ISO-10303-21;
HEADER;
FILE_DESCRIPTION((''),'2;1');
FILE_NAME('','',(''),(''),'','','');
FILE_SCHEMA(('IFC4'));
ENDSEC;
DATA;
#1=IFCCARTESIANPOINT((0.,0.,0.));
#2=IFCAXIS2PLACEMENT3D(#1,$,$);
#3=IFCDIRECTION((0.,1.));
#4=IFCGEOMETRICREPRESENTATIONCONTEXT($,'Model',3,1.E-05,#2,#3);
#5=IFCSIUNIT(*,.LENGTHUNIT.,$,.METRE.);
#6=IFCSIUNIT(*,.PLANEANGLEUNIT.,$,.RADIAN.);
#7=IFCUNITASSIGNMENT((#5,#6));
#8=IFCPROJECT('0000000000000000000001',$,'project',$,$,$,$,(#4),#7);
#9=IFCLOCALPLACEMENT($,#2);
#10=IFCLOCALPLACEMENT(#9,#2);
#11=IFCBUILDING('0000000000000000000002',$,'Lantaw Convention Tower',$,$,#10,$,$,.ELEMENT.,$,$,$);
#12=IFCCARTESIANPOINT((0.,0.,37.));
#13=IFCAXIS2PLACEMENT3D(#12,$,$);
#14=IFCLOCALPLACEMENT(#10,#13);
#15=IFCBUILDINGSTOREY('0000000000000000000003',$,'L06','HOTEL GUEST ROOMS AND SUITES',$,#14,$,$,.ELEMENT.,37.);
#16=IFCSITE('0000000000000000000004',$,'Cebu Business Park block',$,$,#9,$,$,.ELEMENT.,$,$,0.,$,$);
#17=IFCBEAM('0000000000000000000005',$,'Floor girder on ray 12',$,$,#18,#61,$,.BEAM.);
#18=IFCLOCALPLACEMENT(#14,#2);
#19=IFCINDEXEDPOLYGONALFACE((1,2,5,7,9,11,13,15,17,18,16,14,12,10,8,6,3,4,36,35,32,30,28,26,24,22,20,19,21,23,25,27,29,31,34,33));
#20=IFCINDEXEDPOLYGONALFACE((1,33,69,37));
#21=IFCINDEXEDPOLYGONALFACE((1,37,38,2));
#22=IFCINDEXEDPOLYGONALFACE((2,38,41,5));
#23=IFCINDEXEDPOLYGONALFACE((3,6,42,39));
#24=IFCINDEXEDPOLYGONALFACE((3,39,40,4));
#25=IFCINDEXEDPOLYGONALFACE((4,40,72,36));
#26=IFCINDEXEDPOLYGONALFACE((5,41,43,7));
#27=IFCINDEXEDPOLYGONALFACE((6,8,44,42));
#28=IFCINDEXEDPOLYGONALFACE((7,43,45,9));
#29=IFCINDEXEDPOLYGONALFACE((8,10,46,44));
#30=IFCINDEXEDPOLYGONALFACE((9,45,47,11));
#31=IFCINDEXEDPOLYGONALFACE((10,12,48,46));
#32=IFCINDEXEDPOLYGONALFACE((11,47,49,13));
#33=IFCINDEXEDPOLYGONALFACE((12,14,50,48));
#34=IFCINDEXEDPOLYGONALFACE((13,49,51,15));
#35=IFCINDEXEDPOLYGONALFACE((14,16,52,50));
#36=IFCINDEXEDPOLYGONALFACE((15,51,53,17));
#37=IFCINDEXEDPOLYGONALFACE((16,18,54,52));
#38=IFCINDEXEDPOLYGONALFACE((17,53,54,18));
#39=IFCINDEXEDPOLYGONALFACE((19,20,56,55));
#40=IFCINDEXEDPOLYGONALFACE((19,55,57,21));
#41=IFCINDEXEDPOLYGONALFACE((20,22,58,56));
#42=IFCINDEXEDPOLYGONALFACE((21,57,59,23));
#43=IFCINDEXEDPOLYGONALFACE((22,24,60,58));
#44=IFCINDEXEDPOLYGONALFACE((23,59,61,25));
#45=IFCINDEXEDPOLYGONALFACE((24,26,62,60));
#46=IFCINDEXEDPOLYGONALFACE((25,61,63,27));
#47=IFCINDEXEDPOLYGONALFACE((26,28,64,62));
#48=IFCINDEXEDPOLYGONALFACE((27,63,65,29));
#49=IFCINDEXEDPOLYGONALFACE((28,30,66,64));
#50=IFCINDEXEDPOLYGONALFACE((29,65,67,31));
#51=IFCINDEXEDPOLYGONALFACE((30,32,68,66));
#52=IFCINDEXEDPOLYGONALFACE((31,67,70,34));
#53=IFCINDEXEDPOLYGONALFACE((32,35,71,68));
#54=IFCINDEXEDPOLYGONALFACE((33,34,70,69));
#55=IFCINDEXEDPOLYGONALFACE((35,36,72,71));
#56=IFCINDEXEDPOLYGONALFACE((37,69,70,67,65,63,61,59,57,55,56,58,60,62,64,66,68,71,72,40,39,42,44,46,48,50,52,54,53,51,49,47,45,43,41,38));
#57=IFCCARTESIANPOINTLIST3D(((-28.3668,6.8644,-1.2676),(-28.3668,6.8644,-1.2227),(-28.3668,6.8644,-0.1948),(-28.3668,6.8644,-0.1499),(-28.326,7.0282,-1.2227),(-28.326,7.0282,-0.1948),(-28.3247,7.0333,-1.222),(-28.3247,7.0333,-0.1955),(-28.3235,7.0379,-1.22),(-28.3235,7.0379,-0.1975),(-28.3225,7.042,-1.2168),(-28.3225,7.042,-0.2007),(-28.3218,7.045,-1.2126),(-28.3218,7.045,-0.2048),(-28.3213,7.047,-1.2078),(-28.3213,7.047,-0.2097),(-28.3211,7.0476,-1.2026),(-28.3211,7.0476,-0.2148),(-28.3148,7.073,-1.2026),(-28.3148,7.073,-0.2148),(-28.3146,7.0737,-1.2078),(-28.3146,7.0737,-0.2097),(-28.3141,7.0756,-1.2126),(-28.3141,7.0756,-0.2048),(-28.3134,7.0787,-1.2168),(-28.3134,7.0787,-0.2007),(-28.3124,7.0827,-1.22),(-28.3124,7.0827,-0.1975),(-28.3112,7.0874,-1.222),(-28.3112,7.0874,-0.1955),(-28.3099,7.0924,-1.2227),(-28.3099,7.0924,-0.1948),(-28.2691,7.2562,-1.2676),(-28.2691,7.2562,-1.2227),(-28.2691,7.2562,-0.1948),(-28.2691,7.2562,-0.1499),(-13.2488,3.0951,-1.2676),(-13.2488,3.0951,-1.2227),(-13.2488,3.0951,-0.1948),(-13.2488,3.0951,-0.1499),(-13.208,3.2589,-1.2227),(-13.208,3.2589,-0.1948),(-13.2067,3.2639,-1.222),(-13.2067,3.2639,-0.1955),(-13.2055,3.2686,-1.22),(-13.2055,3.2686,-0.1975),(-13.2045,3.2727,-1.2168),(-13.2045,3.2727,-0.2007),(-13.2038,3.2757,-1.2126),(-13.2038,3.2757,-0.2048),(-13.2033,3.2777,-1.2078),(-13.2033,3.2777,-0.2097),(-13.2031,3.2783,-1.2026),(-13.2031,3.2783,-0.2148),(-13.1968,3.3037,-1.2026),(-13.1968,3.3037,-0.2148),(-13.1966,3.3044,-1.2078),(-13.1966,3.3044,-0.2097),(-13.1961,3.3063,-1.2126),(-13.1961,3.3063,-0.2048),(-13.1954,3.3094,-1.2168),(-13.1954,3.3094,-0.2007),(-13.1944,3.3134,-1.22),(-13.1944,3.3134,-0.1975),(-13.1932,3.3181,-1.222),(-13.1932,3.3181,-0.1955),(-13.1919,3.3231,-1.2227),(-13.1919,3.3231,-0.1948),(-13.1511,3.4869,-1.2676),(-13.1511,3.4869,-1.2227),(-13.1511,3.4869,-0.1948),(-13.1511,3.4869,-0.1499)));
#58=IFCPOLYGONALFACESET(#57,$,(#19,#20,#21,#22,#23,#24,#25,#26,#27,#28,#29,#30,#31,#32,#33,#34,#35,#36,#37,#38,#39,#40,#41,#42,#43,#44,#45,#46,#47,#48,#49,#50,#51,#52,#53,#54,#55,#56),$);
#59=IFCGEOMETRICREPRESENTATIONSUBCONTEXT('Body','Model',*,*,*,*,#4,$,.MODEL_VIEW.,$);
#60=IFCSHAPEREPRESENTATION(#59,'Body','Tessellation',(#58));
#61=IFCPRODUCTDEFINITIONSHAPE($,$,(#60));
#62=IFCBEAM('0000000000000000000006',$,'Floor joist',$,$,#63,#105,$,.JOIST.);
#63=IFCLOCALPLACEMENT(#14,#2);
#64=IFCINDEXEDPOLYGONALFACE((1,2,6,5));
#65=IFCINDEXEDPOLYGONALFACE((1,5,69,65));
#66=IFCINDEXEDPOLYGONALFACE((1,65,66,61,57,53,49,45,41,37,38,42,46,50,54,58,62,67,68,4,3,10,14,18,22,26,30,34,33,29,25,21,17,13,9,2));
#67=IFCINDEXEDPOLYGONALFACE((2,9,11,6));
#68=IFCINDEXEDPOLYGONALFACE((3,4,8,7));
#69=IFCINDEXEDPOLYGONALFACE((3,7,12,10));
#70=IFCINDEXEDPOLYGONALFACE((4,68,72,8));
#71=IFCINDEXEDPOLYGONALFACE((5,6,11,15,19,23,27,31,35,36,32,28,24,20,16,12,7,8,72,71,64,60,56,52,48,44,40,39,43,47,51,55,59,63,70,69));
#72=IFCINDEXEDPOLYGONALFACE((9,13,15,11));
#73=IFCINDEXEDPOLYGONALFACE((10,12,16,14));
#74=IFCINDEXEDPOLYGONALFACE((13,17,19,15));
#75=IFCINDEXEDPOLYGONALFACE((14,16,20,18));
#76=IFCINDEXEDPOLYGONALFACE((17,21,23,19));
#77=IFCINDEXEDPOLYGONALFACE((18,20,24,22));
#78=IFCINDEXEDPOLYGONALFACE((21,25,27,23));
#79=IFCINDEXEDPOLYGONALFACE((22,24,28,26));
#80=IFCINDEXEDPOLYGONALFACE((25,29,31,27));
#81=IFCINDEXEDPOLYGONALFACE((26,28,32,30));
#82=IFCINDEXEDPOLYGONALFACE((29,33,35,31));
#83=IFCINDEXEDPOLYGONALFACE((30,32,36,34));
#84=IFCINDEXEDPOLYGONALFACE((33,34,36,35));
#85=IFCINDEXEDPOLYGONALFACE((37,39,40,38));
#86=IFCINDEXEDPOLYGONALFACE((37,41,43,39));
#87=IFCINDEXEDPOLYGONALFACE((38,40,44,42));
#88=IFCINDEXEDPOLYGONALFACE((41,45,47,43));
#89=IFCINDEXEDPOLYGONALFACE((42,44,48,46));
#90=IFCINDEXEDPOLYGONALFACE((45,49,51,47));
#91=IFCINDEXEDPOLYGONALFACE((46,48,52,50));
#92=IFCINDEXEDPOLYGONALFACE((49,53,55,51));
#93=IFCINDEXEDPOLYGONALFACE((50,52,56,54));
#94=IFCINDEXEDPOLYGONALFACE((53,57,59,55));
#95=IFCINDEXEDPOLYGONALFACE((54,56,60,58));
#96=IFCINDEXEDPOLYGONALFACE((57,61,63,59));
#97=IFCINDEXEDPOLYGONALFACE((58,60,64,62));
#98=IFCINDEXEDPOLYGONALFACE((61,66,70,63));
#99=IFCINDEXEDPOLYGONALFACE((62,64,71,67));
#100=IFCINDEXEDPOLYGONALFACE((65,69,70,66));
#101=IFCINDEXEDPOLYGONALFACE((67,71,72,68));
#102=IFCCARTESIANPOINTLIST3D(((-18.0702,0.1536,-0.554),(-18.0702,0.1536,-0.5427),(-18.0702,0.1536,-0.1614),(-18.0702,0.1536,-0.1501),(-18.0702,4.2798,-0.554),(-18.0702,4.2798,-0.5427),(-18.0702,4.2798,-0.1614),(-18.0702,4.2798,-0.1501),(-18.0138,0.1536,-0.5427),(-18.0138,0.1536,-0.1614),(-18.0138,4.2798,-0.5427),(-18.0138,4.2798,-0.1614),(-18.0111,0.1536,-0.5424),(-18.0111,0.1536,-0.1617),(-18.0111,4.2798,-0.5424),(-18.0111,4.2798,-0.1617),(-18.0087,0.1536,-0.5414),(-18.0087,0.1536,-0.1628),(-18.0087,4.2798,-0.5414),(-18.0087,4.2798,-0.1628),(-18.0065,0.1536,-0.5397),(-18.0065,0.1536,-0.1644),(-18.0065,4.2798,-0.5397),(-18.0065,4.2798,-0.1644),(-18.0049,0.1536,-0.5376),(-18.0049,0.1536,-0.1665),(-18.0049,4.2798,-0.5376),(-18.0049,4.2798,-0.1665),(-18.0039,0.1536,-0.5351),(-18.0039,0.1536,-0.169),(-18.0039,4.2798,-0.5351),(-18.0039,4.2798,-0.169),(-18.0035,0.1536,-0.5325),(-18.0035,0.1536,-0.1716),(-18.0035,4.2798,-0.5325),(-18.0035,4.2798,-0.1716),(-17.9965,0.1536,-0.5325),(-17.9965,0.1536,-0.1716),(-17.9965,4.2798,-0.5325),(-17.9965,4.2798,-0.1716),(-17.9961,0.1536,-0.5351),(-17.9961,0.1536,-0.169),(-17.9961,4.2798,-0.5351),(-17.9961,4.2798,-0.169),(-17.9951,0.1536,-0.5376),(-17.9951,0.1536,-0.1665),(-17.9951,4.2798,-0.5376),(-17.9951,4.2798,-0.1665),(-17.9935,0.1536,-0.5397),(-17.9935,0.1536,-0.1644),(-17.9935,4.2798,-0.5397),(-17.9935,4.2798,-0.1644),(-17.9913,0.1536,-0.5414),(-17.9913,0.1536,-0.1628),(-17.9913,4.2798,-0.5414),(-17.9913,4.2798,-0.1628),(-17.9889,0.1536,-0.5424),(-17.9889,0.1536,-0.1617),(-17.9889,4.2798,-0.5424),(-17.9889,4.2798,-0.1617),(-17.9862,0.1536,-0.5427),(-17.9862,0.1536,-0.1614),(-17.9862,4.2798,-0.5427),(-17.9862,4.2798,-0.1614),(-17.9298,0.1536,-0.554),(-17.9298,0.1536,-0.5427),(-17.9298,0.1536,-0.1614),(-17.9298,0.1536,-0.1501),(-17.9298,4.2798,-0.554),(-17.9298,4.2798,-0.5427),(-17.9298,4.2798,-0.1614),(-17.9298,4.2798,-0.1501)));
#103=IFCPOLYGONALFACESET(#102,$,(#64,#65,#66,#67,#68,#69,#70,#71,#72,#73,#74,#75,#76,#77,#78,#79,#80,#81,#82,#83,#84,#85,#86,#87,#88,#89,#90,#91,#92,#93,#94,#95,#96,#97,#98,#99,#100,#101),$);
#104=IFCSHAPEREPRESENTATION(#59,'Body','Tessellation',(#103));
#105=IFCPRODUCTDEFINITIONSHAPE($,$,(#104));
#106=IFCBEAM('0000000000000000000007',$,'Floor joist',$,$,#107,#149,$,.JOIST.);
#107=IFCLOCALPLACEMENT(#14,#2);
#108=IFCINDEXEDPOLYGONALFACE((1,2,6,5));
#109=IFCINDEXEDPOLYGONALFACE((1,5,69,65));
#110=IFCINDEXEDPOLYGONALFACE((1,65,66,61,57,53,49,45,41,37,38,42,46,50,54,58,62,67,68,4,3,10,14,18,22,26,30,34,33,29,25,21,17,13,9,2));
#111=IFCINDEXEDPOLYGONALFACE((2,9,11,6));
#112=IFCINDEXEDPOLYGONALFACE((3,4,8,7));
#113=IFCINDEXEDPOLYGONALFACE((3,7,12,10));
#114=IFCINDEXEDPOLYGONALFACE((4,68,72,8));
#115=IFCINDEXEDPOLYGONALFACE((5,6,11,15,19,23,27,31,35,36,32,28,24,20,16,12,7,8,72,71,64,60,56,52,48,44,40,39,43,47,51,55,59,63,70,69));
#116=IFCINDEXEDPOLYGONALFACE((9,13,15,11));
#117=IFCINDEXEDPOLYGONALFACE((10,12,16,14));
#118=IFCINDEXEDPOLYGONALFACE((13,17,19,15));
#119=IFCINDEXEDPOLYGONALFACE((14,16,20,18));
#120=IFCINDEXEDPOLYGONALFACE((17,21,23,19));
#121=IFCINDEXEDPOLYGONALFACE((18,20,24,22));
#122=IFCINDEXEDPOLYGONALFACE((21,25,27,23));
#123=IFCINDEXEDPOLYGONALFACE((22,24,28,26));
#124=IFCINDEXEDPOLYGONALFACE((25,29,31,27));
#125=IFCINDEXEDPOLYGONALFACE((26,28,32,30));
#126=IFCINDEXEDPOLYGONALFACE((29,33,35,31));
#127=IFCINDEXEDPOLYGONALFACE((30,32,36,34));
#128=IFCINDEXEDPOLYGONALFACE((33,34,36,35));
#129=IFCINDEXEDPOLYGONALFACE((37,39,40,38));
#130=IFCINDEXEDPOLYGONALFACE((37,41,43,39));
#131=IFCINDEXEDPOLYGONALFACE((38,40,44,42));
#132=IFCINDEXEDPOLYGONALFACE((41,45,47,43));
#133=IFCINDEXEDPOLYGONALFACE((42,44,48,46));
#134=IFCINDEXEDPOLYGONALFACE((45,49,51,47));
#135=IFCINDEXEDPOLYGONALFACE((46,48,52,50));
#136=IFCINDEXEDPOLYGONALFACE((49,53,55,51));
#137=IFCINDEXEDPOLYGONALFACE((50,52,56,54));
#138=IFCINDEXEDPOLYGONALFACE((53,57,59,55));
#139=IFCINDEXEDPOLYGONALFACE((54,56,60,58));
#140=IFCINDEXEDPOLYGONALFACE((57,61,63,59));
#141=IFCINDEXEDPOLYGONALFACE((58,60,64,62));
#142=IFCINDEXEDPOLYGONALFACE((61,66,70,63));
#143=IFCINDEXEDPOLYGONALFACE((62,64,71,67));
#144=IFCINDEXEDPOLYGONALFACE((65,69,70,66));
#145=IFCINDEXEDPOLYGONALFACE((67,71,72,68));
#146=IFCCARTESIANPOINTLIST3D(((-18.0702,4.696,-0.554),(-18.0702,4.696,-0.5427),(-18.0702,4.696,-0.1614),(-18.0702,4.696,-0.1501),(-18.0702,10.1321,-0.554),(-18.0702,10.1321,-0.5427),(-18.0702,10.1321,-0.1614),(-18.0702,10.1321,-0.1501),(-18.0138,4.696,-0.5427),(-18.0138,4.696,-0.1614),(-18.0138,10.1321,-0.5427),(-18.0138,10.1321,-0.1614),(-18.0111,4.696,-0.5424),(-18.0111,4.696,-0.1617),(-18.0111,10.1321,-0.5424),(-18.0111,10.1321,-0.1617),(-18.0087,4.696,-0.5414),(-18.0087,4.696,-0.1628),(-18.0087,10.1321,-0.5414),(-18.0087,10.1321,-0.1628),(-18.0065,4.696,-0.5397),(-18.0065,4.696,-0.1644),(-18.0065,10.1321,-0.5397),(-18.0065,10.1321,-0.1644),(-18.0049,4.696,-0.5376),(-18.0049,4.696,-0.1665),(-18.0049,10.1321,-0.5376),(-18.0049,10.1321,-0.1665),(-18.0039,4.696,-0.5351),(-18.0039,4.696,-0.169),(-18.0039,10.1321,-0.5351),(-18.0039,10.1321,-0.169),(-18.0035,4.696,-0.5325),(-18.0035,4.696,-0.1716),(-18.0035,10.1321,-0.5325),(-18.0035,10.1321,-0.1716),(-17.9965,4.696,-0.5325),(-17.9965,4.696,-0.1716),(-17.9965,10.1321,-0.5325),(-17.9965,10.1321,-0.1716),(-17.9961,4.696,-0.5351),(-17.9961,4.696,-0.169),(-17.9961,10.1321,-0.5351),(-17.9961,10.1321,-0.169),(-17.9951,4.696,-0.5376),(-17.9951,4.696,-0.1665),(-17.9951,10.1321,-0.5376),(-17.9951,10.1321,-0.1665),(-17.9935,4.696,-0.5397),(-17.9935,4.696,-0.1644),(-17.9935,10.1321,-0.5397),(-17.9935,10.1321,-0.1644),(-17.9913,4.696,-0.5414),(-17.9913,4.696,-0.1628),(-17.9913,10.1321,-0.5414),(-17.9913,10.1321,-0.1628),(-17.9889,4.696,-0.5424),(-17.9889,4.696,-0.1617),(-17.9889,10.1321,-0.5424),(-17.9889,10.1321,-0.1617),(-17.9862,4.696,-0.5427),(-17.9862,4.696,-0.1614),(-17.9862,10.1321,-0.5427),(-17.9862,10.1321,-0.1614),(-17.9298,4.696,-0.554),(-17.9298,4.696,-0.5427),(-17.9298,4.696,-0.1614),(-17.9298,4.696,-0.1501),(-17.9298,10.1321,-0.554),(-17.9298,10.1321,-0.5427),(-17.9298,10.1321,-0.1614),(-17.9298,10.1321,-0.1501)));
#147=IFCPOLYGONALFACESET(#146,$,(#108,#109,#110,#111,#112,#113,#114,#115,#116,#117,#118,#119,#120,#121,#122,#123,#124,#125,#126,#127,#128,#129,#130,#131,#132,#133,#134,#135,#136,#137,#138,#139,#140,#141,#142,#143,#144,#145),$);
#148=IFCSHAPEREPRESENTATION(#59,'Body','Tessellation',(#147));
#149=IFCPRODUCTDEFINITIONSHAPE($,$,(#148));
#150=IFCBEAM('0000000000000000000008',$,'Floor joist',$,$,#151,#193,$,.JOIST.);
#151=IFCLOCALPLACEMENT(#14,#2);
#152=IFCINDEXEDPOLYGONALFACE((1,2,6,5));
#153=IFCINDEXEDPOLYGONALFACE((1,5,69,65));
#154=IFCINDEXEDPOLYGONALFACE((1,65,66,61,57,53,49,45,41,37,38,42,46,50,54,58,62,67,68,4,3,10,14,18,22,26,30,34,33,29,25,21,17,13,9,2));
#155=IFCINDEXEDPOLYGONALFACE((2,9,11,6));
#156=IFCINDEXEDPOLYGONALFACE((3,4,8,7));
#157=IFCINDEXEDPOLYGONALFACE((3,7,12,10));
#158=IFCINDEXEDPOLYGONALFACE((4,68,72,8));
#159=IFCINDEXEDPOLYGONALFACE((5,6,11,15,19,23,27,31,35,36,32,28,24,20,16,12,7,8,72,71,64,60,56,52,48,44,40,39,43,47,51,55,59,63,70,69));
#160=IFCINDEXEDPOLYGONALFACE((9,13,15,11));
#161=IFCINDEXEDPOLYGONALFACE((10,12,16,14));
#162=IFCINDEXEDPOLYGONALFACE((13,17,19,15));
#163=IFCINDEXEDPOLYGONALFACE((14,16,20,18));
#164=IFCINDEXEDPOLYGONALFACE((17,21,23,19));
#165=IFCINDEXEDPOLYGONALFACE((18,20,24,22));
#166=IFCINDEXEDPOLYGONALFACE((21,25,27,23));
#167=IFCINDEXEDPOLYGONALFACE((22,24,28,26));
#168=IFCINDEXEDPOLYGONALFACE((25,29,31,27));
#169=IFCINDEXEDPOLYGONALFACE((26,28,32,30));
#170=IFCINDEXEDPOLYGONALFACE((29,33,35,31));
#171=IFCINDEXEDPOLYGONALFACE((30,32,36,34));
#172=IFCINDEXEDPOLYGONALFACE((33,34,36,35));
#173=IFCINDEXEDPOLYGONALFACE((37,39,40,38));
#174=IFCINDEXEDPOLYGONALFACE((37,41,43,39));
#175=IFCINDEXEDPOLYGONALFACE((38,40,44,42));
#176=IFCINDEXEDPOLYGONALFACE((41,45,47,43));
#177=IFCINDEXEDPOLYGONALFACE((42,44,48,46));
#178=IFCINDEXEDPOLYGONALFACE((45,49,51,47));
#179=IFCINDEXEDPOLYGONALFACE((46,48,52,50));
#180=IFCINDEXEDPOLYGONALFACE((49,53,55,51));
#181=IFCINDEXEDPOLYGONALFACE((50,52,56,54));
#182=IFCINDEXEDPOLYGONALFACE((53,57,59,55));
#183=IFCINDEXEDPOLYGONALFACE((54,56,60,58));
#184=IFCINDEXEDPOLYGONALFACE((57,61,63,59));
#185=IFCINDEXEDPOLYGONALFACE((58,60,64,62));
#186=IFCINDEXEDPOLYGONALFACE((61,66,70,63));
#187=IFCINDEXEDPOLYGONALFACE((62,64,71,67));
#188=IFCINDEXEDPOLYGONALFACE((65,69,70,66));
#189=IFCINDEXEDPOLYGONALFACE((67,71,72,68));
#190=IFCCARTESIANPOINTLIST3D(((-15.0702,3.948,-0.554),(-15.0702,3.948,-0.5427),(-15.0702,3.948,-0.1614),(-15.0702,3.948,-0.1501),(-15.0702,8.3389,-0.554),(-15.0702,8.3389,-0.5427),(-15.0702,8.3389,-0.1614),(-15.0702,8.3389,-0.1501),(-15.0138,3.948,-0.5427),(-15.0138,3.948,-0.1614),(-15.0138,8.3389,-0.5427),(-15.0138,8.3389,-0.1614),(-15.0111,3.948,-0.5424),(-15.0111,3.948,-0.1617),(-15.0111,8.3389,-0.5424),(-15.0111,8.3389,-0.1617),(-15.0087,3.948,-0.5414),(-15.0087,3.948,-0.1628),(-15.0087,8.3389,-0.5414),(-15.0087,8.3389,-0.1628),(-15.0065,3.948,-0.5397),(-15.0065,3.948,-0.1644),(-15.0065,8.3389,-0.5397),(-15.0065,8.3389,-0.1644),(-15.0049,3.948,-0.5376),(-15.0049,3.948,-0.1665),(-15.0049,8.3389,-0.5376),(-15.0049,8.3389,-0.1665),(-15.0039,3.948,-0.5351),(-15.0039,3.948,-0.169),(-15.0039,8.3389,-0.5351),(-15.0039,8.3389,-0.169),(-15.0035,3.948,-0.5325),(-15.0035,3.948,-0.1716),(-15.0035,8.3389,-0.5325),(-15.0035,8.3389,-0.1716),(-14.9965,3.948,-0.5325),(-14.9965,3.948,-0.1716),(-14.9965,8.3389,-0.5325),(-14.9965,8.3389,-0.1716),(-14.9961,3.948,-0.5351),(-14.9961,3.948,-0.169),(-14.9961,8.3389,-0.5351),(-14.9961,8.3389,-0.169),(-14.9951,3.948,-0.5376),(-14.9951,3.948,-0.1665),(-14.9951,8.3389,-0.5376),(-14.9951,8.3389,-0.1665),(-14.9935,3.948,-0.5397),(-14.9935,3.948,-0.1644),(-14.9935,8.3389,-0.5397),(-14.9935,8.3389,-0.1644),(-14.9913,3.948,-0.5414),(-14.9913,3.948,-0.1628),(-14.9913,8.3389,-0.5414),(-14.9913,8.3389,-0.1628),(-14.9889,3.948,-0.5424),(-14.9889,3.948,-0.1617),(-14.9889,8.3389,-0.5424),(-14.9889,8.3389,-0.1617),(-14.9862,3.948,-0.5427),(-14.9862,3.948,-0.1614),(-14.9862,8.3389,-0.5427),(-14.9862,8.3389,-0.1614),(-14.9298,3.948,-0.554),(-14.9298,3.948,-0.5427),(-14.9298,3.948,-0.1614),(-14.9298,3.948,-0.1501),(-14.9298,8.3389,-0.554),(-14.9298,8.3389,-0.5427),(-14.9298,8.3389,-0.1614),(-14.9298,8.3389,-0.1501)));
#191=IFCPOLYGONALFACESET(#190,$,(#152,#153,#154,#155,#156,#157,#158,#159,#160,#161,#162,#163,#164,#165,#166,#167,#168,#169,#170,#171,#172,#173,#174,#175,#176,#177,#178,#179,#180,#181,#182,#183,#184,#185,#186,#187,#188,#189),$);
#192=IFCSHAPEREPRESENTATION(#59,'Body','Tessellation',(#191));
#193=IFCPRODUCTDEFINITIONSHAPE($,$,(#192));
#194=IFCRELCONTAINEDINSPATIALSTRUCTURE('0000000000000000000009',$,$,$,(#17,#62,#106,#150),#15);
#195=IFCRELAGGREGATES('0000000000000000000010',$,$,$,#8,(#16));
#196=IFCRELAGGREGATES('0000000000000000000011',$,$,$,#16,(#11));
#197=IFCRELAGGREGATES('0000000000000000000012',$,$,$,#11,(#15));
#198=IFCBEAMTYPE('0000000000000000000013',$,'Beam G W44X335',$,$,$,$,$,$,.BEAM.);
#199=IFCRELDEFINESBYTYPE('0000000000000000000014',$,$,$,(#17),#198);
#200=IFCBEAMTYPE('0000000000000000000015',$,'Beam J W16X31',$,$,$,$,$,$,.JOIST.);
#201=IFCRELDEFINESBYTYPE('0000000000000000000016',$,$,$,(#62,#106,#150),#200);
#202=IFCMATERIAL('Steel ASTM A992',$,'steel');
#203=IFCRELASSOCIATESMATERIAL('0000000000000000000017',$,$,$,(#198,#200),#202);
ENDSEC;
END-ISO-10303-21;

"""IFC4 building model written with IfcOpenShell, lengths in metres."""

from ifc_helpers import new_model, si_unit, direction, frame, origin, origin_2d, place, context, subcontext, project, spatial, i_section, extrude, material, material_profile, profile_set, type_object, element, save


model = new_model("IFC4")

# Units and contexts
model_context = context("Model", 3, precision=1e-05, world=origin(), true_north=direction((0.0, 1.0)))
body_context = subcontext(model_context, "Body", "Model", "MODEL_VIEW")
ifc_project = project(units=[si_unit("LENGTHUNIT", "METRE"), si_unit("PLANEANGLEUNIT", "RADIAN")], contexts=[model_context])

# Site, building, storey
site_placement = place(None, origin())
site = spatial("IfcSite", under=ifc_project, at=site_placement, Name="Cebu Business Park block", CompositionType="ELEMENT", RefElevation=0.0)
building_placement = place(site_placement, origin())
building = spatial("IfcBuilding", under=site, at=building_placement, Name="Lantaw Convention Tower", CompositionType="ELEMENT")
storey_placement = place(building_placement, frame((0.0, 0.0, 37.0)))
storey = spatial("IfcBuildingStorey", under=building, at=storey_placement, Name="L06", Description="HOTEL GUEST ROOMS AND SUITES", CompositionType="ELEMENT", Elevation=37.0)

# Beams
ifc_material_1 = material(Name="Steel ASTM A992", Category="steel")
ifc_material_profile_1 = material_profile(ifc_material_1, i_section(OverallWidth=0.4038, OverallDepth=1.1177, WebThickness=0.0261, FlangeThickness=0.0449, FilletRadius=0.02, at=origin_2d()), Name="W44X335")
ifc_profile_set_1 = profile_set([ifc_material_profile_1], Name="Steel ASTM A992")
beam_type_1 = type_object("IfcBeamType", Name="Beam G W44X335", PredefinedType="BEAM", material=ifc_profile_set_1)
beam_1_placement = place(storey_placement, frame((-13.2, 3.291, -0.7087), z_axis=(-0.970296, 0.24192, 0.0), x_axis=(-0.24192, -0.970296, 0.0)))
element("IfcBeam", 1, at=beam_1_placement, inside=storey, type_object=beam_type_1, Name="Floor girder on ray 12", PredefinedType="BEAM", context=body_context, shape_type="SweptSolid", body=[
    extrude(i_section(OverallWidth=0.4038, OverallDepth=1.1177, WebThickness=0.0261, FlangeThickness=0.0449, FilletRadius=0.02, at=origin_2d()), origin(), (0.0, 0.0, 1.0), 15.5808),
])
ifc_material_profile_2 = material_profile(ifc_material_1, i_section(OverallWidth=0.1404, OverallDepth=0.4038, WebThickness=0.0071, FlangeThickness=0.0112, FilletRadius=0.0103, at=origin_2d()), Name="W16X31")
ifc_profile_set_2 = profile_set([ifc_material_profile_2], Name="Steel ASTM A992")
beam_type_2 = type_object("IfcBeamType", Name="Beam J W16X31", PredefinedType="JOIST", material=ifc_profile_set_2)
beam_2_placement = place(storey_placement, frame((-18.0, 0.1536, -0.3521), z_axis=(0.0, 1.0, 0.0), x_axis=(-1.0, 0.0, 0.0)))
element("IfcBeam", 2, at=beam_2_placement, inside=storey, type_object=beam_type_2, Name="Floor joist", PredefinedType="JOIST", context=body_context, shape_type="SweptSolid", body=[
    extrude(i_section(OverallWidth=0.1404, OverallDepth=0.4038, WebThickness=0.0071, FlangeThickness=0.0112, FilletRadius=0.0103, at=origin_2d()), origin(), (0.0, 0.0, 1.0), 4.1262),
])
beam_3_placement = place(storey_placement, frame((-18.0, 4.696, -0.3521), z_axis=(0.0, 1.0, 0.0), x_axis=(-1.0, 0.0, 0.0)))
element("IfcBeam", 3, at=beam_3_placement, inside=storey, type_object=beam_type_2, Name="Floor joist", PredefinedType="JOIST", context=body_context, shape_type="SweptSolid", body=[
    extrude(i_section(OverallWidth=0.1404, OverallDepth=0.4038, WebThickness=0.0071, FlangeThickness=0.0112, FilletRadius=0.0103, at=origin_2d()), origin(), (0.0, 0.0, 1.0), 5.436),
])
beam_4_placement = place(storey_placement, frame((-15.0, 3.948, -0.3521), z_axis=(0.0, 1.0, 0.0), x_axis=(-1.0, 0.0, 0.0)))
element("IfcBeam", 4, at=beam_4_placement, inside=storey, type_object=beam_type_2, Name="Floor joist", PredefinedType="JOIST", context=body_context, shape_type="SweptSolid", body=[
    extrude(i_section(OverallWidth=0.1404, OverallDepth=0.4038, WebThickness=0.0071, FlangeThickness=0.0112, FilletRadius=0.0103, at=origin_2d()), origin(), (0.0, 0.0, 1.0), 4.3909),
])

save(model, "model.ifc")
